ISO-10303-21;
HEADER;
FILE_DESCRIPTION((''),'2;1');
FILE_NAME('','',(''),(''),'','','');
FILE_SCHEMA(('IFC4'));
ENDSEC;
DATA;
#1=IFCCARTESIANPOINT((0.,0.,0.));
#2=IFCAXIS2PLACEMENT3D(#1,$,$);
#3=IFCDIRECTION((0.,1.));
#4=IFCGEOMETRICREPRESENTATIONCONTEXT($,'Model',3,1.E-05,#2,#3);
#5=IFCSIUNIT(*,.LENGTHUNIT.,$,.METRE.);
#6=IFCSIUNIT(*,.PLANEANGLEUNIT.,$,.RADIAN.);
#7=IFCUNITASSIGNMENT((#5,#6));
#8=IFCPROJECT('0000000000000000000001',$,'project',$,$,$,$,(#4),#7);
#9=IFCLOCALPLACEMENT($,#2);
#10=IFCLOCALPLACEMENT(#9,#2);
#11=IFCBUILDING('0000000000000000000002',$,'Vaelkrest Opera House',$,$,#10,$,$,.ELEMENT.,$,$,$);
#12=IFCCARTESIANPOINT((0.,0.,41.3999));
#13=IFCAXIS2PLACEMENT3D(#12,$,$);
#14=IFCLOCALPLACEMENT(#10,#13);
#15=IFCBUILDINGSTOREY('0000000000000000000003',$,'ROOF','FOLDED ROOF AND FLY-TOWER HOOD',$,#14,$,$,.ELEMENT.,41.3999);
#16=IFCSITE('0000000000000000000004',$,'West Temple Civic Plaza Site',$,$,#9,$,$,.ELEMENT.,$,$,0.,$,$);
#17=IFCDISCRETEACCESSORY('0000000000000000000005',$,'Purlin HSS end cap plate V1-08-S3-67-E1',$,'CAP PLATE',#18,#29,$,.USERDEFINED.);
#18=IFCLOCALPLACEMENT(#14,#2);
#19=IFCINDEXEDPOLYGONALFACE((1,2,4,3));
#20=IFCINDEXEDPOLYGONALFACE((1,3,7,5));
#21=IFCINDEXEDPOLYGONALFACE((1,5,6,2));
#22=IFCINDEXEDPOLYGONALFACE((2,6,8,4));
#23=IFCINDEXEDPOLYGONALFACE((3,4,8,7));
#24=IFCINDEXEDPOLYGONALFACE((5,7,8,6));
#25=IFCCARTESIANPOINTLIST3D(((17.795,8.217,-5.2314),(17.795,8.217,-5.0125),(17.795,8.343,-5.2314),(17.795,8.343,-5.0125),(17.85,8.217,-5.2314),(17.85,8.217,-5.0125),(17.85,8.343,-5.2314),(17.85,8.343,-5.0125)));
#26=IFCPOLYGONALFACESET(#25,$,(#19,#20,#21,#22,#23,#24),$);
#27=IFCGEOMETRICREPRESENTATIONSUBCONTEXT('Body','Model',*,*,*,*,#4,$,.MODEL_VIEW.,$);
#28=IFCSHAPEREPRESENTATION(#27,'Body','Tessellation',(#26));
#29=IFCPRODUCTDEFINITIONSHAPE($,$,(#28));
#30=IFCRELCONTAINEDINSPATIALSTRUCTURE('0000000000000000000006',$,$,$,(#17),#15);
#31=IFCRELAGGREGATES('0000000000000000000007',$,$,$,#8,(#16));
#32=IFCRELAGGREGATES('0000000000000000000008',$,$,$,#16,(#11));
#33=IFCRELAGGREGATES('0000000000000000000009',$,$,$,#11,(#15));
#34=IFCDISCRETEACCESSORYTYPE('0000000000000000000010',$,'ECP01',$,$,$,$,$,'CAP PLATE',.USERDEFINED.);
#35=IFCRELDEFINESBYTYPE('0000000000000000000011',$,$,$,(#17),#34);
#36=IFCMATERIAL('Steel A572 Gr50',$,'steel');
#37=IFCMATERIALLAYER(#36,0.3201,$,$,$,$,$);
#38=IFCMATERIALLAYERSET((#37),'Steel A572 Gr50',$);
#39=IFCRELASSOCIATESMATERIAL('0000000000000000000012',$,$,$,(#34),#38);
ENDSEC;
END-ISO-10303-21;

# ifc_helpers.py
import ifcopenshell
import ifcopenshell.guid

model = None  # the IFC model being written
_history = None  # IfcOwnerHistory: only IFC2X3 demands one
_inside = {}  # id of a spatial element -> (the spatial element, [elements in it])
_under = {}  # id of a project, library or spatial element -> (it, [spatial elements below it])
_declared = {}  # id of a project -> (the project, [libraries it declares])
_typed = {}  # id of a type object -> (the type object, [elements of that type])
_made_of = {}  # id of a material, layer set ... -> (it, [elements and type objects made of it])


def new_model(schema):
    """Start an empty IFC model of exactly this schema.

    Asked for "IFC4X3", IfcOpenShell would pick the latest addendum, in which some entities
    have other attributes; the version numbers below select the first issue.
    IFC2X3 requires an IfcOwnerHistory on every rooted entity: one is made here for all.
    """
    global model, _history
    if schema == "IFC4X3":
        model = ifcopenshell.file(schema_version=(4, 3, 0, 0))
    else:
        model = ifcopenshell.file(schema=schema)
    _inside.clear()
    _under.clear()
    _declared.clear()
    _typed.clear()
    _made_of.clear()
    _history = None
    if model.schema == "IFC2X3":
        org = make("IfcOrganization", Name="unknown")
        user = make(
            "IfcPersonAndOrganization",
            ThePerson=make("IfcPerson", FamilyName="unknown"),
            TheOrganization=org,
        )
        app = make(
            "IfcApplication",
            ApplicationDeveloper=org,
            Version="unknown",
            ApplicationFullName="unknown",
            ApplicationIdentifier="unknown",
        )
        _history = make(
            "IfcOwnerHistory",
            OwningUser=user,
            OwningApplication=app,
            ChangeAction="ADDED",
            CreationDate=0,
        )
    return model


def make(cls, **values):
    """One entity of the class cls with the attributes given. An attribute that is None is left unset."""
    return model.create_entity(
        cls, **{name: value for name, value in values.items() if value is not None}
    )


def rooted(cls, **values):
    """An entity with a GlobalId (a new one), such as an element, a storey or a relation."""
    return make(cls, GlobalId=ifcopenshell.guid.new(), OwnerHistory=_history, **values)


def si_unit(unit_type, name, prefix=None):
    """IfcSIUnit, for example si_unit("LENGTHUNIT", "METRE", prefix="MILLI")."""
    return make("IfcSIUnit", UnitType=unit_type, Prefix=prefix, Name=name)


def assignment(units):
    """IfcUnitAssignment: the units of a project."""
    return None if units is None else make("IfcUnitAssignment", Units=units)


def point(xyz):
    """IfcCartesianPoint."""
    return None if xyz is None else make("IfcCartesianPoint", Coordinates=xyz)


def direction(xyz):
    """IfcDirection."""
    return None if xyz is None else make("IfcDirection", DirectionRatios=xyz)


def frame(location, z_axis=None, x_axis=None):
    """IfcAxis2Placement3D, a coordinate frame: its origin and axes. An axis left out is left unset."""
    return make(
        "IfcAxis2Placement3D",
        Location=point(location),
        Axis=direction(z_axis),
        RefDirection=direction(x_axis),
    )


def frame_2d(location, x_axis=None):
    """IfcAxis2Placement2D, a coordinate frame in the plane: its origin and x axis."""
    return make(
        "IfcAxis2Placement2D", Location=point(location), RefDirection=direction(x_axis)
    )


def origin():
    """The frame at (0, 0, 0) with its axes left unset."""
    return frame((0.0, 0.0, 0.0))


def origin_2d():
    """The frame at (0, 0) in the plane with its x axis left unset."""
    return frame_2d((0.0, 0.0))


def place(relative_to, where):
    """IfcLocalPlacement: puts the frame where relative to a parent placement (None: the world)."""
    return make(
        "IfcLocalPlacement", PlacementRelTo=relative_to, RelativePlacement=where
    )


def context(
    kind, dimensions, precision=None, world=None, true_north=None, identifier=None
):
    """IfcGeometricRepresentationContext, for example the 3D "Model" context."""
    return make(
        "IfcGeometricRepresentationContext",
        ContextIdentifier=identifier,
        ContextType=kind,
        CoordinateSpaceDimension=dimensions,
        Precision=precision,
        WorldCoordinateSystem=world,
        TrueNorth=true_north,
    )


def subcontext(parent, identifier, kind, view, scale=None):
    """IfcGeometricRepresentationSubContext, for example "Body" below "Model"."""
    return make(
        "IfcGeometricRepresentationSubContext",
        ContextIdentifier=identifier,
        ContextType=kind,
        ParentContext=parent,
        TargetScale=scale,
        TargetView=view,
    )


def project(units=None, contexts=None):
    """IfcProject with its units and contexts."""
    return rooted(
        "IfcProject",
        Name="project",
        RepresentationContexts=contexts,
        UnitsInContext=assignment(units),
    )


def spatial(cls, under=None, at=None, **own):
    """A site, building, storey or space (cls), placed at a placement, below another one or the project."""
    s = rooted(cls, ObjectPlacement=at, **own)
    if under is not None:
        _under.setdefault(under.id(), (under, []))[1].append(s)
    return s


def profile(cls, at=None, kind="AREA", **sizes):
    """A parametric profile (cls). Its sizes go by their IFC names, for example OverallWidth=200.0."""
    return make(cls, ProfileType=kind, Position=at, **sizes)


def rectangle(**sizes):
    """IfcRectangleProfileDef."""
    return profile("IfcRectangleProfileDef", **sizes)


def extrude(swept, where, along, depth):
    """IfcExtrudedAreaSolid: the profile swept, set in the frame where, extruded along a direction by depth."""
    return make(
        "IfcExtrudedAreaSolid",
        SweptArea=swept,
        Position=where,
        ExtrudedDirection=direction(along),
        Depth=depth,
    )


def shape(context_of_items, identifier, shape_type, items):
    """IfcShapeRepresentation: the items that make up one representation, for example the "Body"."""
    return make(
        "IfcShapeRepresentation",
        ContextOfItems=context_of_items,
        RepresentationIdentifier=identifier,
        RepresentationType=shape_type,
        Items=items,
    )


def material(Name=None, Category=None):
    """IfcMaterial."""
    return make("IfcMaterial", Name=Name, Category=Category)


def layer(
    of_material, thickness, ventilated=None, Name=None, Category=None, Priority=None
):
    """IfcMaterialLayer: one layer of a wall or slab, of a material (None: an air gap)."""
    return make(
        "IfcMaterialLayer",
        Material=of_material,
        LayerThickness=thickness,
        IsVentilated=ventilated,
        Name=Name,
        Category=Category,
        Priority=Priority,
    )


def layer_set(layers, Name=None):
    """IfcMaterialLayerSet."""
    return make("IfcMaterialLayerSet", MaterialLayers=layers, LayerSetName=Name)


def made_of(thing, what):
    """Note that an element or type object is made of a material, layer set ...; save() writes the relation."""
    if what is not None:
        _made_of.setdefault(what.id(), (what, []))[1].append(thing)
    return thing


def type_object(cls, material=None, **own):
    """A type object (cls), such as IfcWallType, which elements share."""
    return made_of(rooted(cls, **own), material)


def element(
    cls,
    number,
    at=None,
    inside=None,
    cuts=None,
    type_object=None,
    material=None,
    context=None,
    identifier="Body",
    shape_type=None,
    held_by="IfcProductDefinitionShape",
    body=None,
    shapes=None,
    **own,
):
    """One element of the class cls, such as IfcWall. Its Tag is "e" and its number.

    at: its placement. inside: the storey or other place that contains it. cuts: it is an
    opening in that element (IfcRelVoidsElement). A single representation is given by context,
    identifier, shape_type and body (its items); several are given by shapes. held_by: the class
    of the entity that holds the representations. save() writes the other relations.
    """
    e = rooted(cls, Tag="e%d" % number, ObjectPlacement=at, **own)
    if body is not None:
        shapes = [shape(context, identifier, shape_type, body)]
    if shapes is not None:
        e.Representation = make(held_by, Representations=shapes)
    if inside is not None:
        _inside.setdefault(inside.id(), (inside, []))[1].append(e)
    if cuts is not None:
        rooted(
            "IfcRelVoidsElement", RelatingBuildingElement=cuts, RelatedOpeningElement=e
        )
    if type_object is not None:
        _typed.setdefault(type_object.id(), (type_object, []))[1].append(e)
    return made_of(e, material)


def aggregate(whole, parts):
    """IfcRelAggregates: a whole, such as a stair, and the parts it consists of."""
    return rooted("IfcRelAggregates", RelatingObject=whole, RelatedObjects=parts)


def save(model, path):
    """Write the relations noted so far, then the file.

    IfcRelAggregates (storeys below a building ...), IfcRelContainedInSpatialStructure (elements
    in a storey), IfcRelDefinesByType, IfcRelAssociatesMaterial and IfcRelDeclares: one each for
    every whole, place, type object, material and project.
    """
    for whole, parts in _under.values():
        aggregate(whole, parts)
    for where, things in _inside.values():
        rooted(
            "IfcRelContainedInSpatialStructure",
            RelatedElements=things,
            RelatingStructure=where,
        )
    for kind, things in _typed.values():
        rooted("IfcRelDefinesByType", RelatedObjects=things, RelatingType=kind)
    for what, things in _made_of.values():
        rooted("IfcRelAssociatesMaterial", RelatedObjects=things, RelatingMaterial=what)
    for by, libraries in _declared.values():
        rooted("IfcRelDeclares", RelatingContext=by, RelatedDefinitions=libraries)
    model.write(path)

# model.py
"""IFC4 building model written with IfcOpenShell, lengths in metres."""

from ifc_helpers import new_model, si_unit, direction, frame, origin, origin_2d, place, context, subcontext, project, spatial, rectangle, extrude, material, layer, layer_set, type_object, element, save


model = new_model("IFC4")

# Units and contexts
model_context = context("Model", 3, precision=1e-05, world=origin(), true_north=direction((0.0, 1.0)))
body_context = subcontext(model_context, "Body", "Model", "MODEL_VIEW")
ifc_project = project(units=[si_unit("LENGTHUNIT", "METRE"), si_unit("PLANEANGLEUNIT", "RADIAN")], contexts=[model_context])

# Site, building, storey
site_placement = place(None, origin())
site = spatial("IfcSite", under=ifc_project, at=site_placement, Name="West Temple Civic Plaza Site", CompositionType="ELEMENT", RefElevation=0.0)
building_placement = place(site_placement, origin())
building = spatial("IfcBuilding", under=site, at=building_placement, Name="Vaelkrest Opera House", CompositionType="ELEMENT")
storey_placement = place(building_placement, frame((0.0, 0.0, 41.3999)))
storey = spatial("IfcBuildingStorey", under=building, at=storey_placement, Name="ROOF", Description="FOLDED ROOF AND FLY-TOWER HOOD", CompositionType="ELEMENT", Elevation=41.3999)

# Shared definitions
ifc_material_1 = material(Name="Steel A572 Gr50", Category="steel")

# Discrete accessory
ifc_layer_1 = layer(ifc_material_1, 0.3201)
ifc_layer_set_1 = layer_set([ifc_layer_1], Name="Steel A572 Gr50")
discrete_accessory_type = type_object("IfcDiscreteAccessoryType", Name="ECP01", ElementType="CAP PLATE", PredefinedType="USERDEFINED", material=ifc_layer_set_1)
discrete_accessory_placement = place(storey_placement, frame((17.8225, 8.28, -5.2314), z_axis=(0.0, 0.0, 1.0), x_axis=(1.0, 0.0, 0.0)))
element("IfcDiscreteAccessory", 1, at=discrete_accessory_placement, inside=storey, type_object=discrete_accessory_type, Name="Purlin HSS end cap plate V1-08-S3-67-E1", ObjectType="CAP PLATE", PredefinedType="USERDEFINED", context=body_context, shape_type="SweptSolid", body=[
    extrude(rectangle(XDim=0.0549, YDim=0.126, at=origin_2d()), origin(), (0.0, 0.0, 1.0), 0.219),
])

save(model, "model.ifc")
